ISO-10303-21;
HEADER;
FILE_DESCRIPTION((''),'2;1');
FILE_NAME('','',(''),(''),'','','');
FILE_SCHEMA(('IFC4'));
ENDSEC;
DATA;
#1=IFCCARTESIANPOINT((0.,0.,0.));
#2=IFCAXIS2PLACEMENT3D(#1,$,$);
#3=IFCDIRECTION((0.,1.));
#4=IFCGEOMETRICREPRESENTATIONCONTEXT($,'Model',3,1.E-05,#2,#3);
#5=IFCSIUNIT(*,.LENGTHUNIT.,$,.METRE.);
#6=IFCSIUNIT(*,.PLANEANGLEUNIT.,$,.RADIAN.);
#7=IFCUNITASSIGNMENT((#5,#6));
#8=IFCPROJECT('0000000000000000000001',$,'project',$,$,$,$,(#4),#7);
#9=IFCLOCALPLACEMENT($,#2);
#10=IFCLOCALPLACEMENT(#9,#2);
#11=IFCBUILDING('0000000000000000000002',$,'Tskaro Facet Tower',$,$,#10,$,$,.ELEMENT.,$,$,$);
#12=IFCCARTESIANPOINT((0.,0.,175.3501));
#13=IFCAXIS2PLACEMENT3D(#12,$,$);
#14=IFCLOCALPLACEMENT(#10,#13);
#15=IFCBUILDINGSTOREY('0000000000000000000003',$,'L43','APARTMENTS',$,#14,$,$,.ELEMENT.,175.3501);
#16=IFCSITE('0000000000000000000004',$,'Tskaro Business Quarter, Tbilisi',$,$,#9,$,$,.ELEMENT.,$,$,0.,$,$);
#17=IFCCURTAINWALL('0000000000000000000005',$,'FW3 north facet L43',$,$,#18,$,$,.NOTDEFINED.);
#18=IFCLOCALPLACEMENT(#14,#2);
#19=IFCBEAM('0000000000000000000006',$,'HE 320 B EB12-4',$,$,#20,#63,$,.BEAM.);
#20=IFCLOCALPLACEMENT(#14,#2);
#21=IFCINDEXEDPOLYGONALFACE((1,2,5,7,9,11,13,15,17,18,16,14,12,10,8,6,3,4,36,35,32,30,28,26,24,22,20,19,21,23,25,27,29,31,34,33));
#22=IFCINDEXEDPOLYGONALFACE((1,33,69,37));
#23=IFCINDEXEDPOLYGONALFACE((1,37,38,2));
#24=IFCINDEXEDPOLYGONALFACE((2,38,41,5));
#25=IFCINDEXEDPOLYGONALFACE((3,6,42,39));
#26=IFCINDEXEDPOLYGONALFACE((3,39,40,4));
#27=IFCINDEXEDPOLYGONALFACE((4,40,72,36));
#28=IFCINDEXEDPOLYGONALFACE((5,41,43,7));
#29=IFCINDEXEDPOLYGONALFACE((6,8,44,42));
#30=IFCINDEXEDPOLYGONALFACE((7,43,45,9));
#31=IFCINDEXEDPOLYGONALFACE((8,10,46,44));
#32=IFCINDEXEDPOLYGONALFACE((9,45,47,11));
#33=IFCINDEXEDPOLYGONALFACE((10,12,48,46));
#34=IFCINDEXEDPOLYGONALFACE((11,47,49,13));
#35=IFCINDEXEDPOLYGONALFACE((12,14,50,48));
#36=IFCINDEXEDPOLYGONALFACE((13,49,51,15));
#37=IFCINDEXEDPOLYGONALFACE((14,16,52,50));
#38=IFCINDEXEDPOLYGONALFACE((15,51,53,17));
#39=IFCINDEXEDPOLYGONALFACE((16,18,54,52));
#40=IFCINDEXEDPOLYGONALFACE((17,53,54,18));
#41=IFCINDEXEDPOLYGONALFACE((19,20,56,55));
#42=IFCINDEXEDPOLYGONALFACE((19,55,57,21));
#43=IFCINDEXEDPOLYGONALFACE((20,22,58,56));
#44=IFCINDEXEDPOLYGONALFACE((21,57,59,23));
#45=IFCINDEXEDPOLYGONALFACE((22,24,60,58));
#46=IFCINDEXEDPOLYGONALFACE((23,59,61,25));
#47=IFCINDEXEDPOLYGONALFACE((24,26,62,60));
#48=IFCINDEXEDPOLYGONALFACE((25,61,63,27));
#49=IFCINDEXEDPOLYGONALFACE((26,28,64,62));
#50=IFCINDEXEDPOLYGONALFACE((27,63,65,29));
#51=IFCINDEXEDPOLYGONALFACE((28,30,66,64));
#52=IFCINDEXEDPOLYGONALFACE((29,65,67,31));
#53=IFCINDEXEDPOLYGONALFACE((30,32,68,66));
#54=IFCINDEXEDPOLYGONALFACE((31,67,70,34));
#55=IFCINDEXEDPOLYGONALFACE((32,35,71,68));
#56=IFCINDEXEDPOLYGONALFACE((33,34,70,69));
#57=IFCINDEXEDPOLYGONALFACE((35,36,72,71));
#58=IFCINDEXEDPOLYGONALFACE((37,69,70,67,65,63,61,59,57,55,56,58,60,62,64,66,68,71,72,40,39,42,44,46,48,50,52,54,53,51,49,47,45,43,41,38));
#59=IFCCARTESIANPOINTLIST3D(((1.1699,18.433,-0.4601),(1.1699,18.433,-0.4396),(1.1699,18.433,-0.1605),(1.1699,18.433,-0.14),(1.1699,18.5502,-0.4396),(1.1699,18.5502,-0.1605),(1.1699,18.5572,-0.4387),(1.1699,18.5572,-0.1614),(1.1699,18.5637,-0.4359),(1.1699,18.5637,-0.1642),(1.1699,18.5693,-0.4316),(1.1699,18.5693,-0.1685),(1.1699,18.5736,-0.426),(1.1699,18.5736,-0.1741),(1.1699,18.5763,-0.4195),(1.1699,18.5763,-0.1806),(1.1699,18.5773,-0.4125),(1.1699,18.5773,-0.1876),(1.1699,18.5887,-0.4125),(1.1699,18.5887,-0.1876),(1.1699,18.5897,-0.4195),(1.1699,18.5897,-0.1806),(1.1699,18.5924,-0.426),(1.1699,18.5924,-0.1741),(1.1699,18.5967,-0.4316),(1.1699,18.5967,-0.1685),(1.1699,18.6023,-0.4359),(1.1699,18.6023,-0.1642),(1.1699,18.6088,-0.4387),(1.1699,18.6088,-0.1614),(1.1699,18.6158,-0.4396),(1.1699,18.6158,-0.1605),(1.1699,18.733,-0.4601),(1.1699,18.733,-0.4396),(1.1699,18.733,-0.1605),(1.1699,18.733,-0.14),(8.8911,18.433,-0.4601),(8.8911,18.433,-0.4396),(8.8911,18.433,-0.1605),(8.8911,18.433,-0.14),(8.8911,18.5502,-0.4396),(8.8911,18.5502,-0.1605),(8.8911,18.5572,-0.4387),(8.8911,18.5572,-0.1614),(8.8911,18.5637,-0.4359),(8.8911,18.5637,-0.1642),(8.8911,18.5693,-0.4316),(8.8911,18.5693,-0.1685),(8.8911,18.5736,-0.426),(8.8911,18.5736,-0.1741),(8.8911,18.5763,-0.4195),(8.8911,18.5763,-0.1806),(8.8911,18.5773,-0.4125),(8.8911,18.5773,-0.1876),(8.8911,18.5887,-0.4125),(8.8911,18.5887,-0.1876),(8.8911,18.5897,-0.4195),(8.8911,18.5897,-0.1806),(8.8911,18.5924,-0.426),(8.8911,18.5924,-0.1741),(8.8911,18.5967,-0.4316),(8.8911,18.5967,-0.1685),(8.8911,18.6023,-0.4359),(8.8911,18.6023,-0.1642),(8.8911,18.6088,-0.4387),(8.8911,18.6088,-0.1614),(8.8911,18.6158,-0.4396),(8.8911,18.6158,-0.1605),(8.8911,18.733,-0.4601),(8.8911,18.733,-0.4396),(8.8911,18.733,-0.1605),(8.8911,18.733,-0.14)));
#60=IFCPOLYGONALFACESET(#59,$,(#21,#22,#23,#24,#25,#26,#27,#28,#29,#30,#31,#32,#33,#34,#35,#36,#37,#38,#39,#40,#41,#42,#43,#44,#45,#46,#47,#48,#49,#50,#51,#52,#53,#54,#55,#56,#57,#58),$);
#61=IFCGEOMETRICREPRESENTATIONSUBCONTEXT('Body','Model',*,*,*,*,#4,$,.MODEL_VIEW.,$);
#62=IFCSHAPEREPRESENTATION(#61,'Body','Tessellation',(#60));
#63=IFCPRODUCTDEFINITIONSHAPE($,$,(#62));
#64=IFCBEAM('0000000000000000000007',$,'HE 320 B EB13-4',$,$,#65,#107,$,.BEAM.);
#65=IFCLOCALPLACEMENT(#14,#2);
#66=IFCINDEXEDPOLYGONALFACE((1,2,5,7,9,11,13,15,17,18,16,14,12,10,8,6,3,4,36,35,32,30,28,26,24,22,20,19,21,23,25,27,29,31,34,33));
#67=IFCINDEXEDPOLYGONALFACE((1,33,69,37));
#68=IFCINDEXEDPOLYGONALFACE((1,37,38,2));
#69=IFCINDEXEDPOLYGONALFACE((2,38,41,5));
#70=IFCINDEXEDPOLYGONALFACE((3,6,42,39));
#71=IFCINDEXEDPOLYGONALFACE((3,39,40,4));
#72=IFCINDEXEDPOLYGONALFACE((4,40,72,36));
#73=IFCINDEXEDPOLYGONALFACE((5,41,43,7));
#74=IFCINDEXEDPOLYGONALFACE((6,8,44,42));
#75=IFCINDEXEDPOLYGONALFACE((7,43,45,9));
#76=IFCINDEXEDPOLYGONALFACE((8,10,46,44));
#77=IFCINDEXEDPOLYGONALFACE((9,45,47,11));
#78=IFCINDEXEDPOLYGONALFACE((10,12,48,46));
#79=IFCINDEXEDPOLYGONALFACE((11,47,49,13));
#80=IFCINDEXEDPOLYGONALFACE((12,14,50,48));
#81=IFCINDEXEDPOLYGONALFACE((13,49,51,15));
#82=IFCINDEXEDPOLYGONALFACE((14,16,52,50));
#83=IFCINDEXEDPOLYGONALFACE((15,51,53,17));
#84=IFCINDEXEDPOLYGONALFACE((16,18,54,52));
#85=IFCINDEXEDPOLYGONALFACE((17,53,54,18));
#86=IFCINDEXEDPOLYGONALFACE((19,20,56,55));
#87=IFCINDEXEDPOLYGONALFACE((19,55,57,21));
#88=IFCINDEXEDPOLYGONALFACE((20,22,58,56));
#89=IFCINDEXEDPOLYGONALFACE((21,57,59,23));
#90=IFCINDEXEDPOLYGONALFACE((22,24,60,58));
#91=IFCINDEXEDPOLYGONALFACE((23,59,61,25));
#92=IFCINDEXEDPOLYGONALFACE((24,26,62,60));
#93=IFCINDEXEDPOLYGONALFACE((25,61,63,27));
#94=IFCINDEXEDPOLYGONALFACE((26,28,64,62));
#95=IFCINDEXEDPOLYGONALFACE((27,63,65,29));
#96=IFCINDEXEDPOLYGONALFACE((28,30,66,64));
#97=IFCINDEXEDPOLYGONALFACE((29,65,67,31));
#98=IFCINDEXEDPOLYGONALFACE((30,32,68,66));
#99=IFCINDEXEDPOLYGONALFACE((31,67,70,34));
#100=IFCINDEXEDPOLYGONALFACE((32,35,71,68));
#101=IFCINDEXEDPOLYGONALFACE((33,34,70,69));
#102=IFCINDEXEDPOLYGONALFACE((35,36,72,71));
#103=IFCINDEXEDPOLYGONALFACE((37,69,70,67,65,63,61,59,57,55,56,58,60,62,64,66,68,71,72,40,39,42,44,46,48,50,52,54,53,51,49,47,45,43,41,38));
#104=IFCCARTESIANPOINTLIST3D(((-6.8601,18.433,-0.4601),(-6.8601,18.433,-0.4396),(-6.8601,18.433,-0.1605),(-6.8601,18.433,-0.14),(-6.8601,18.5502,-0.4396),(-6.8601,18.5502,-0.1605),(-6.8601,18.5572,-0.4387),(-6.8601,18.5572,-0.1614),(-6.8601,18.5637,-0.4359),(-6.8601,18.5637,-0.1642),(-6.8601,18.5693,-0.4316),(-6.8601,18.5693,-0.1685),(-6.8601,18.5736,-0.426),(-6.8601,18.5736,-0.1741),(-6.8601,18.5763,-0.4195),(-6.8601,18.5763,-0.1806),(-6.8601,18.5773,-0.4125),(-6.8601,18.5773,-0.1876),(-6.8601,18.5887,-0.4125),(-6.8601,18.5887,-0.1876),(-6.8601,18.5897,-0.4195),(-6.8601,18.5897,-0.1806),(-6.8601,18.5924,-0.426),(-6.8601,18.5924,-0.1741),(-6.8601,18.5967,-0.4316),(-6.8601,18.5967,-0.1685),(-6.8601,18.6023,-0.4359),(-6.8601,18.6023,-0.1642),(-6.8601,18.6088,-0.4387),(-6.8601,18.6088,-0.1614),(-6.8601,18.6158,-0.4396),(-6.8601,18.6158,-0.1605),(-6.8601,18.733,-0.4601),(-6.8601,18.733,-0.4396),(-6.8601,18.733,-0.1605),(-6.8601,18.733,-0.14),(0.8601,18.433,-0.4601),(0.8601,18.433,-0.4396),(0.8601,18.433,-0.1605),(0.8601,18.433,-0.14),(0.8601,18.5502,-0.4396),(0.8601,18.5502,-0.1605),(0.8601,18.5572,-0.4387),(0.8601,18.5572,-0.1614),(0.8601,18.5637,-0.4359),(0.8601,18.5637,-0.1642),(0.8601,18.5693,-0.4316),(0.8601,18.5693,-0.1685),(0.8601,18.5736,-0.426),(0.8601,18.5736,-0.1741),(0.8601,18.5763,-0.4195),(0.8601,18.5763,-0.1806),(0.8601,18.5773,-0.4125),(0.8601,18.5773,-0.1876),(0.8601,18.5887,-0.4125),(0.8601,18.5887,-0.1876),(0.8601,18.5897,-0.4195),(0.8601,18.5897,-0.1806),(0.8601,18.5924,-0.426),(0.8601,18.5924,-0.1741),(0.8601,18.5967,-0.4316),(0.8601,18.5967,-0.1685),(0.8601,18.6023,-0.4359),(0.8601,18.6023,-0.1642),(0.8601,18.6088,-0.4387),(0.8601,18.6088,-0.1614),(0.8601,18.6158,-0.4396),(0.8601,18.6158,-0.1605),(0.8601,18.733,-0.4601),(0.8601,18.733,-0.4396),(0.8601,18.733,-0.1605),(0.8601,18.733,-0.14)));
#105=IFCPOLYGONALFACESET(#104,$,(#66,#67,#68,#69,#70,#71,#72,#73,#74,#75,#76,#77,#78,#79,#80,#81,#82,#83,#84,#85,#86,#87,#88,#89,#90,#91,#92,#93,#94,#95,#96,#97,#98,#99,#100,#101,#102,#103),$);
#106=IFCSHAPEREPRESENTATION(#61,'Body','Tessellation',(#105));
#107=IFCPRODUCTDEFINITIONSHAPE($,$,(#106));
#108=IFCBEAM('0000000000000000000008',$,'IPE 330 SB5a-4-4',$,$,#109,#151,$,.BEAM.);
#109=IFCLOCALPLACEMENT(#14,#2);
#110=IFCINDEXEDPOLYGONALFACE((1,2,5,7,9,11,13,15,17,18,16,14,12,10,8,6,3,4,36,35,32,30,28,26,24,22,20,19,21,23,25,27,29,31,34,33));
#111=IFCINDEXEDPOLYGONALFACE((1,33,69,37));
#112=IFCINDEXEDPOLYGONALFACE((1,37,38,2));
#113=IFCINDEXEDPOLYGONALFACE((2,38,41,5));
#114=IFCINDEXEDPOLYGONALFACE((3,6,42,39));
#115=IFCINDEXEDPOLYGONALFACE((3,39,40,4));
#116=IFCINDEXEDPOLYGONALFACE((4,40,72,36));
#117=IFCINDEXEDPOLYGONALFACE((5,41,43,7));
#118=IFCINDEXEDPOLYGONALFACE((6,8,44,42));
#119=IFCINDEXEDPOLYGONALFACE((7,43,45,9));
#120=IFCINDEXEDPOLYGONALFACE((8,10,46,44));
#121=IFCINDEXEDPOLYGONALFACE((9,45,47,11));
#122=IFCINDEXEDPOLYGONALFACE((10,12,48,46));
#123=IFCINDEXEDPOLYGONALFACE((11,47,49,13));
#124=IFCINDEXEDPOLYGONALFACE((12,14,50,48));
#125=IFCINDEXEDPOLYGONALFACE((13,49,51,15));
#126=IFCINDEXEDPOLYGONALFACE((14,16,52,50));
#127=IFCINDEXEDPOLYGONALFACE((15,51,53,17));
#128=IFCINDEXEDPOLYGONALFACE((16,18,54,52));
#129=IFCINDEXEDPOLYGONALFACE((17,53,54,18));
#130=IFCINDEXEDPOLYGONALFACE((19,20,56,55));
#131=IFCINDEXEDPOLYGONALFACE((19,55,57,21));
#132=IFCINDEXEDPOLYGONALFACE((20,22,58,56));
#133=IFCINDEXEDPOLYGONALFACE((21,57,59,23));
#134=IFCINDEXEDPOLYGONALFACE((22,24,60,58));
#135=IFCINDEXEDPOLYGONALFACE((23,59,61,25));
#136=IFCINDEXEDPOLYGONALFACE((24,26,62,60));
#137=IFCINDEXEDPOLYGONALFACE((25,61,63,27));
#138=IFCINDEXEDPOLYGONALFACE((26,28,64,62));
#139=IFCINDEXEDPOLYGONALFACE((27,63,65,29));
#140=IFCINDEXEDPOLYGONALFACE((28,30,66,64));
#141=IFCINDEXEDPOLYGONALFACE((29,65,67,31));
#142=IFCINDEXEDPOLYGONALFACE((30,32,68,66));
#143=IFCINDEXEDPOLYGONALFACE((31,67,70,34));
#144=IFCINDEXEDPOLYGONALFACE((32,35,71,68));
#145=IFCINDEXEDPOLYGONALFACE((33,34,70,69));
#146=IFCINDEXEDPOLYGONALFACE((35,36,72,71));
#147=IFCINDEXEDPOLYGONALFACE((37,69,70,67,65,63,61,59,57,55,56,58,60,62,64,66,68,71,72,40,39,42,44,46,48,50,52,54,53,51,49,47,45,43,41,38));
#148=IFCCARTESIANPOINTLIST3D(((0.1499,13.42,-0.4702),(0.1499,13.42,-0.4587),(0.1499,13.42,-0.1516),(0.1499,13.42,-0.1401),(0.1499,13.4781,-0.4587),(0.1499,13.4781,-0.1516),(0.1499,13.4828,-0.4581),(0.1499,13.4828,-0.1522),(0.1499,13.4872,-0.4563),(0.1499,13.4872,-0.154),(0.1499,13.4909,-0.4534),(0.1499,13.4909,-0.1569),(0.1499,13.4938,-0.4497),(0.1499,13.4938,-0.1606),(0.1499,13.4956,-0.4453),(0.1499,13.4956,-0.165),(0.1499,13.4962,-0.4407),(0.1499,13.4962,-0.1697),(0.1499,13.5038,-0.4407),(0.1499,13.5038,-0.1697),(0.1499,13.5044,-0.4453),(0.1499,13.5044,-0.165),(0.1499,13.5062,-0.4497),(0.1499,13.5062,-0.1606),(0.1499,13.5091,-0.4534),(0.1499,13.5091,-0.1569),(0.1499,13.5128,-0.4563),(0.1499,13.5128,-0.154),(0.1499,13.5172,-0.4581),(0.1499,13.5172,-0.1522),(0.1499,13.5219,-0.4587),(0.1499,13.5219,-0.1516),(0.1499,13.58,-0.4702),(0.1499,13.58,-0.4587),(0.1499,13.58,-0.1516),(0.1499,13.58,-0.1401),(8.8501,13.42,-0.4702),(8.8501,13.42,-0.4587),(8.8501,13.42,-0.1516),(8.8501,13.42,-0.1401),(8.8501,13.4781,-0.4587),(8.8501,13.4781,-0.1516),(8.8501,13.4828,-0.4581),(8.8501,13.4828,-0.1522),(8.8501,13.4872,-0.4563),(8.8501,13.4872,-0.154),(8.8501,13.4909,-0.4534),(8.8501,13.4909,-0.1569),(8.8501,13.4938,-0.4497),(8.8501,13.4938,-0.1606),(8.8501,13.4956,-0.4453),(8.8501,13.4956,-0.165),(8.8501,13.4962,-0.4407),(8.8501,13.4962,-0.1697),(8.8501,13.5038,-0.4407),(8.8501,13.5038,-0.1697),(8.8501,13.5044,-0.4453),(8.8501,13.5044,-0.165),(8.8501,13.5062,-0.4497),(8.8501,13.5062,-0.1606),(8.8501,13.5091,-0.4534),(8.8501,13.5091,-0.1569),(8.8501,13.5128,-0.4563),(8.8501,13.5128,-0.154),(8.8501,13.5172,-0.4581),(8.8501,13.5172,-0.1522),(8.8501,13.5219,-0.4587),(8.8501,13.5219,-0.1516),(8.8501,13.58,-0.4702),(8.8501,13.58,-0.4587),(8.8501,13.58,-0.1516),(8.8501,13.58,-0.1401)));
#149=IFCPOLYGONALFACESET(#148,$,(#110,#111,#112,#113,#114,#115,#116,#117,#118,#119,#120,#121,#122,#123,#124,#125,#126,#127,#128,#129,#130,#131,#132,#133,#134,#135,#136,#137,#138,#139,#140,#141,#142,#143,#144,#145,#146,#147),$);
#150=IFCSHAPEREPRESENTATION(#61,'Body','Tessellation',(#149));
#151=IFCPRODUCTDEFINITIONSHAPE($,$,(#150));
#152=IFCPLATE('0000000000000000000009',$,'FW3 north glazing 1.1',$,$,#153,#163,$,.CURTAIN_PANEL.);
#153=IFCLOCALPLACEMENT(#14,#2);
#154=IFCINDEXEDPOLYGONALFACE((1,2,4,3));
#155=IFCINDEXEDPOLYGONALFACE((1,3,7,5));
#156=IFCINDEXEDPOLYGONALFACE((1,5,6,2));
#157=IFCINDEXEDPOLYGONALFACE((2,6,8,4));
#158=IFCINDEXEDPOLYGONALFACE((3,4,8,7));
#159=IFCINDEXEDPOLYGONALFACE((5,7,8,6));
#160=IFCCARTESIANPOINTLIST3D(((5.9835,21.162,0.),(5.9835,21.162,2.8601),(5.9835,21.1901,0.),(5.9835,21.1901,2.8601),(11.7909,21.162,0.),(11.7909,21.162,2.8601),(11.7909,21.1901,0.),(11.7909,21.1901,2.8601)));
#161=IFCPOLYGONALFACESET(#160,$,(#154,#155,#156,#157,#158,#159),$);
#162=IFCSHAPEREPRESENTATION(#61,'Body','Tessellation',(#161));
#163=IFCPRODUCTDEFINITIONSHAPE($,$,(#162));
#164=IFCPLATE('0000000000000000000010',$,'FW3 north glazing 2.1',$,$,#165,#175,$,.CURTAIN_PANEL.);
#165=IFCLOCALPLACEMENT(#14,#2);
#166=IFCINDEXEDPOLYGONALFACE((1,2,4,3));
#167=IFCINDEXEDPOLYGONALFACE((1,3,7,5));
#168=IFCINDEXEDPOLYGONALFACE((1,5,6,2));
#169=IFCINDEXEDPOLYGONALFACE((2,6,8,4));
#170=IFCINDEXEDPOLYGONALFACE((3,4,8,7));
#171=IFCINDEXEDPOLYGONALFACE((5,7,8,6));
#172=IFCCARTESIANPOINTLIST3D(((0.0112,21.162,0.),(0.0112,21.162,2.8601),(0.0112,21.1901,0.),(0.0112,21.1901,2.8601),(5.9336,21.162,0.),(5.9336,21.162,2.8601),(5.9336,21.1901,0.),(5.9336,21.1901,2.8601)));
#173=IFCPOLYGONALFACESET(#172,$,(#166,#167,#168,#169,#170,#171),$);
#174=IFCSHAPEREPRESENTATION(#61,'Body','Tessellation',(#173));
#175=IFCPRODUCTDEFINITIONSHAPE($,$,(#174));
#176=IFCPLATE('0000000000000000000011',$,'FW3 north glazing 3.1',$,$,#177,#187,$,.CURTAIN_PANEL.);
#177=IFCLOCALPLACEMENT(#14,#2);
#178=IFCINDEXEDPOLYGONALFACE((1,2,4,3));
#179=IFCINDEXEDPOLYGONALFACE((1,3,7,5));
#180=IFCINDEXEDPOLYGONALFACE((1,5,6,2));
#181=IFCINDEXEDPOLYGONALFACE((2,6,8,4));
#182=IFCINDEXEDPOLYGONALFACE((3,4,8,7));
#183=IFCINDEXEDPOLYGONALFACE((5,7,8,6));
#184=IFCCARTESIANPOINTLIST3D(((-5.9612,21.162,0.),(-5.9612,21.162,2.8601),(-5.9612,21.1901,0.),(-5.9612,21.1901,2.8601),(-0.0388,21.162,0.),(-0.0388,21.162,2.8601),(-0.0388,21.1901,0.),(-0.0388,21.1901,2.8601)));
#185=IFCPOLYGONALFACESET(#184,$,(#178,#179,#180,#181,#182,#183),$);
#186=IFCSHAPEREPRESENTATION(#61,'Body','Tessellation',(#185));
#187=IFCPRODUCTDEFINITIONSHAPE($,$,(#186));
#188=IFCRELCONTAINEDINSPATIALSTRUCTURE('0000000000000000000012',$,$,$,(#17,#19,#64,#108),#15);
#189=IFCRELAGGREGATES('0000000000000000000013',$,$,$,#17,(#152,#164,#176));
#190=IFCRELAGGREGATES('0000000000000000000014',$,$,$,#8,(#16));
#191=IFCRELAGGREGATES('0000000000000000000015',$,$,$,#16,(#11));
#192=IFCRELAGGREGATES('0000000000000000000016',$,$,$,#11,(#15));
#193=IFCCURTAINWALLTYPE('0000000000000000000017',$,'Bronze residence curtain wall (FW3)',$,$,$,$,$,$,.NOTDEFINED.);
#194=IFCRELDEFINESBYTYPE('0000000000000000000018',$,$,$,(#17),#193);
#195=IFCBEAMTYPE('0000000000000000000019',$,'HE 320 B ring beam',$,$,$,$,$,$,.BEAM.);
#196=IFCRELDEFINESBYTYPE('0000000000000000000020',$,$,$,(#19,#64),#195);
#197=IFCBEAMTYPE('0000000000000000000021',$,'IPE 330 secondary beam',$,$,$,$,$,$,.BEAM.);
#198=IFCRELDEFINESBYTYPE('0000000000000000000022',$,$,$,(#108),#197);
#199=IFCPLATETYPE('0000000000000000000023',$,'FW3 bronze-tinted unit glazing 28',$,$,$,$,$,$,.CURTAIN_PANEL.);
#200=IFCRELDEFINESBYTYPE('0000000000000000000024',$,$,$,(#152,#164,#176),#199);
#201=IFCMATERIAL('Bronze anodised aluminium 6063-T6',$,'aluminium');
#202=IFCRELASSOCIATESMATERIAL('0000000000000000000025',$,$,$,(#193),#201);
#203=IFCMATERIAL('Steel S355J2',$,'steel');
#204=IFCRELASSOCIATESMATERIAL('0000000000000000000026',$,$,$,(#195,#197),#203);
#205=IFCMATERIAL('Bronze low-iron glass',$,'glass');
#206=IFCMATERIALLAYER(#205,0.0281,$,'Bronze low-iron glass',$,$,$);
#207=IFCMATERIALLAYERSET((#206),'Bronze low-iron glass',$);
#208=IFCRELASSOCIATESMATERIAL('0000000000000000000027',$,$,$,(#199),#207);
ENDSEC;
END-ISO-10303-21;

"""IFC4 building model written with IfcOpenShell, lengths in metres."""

from ifc_helpers import new_model, si_unit, direction, frame, origin, origin_2d, place, context, subcontext, project, spatial, rectangle, i_section, extrude, material, layer, layer_set, material_profile, profile_set, type_object, element, aggregate, save


model = new_model("IFC4")

# Units and contexts
model_context = context("Model", 3, precision=1e-05, world=origin(), true_north=direction((0.0, 1.0)))
body_context = subcontext(model_context, "Body", "Model", "MODEL_VIEW")
ifc_project = project(units=[si_unit("LENGTHUNIT", "METRE"), si_unit("PLANEANGLEUNIT", "RADIAN")], contexts=[model_context])

# Site, building, storey
site_placement = place(None, origin())
site = spatial("IfcSite", under=ifc_project, at=site_placement, Name="Tskaro Business Quarter, Tbilisi", CompositionType="ELEMENT", RefElevation=0.0)
building_placement = place(site_placement, origin())
building = spatial("IfcBuilding", under=site, at=building_placement, Name="Tskaro Facet Tower", CompositionType="ELEMENT")
storey_placement = place(building_placement, frame((0.0, 0.0, 175.3501)))
storey = spatial("IfcBuildingStorey", under=building, at=storey_placement, Name="L43", Description="APARTMENTS", CompositionType="ELEMENT", Elevation=175.3501)

# Curtain wall
ifc_material_1 = material(Name="Bronze anodised aluminium 6063-T6", Category="aluminium")
curtain_wall_type = type_object("IfcCurtainWallType", Name="Bronze residence curtain wall (FW3)", PredefinedType="NOTDEFINED", material=ifc_material_1)
curtain_wall_placement = place(storey_placement, origin())
curtain_wall = element("IfcCurtainWall", 1, at=curtain_wall_placement, inside=storey, type_object=curtain_wall_type, Name="FW3 north facet L43", PredefinedType="NOTDEFINED")

# Beams
ifc_material_2 = material(Name="Steel S355J2", Category="steel")
ifc_material_profile_1 = material_profile(ifc_material_2, i_section(OverallWidth=0.3, OverallDepth=0.3201, WebThickness=0.0115, FlangeThickness=0.0205, FilletRadius=0.0271, at=origin_2d()), Name="HE 320 B")
ifc_profile_set_1 = profile_set([ifc_material_profile_1], Name="Steel S355J2")
beam_type_1 = type_object("IfcBeamType", Name="HE 320 B ring beam", PredefinedType="BEAM", material=ifc_profile_set_1)
beam_1_placement = place(storey_placement, frame((8.8911, 18.583, -0.3), z_axis=(-1.0, 0.0, 0.0), x_axis=(0.0, -1.0, 0.0)))
element("IfcBeam", 2, at=beam_1_placement, inside=storey, type_object=beam_type_1, Name="HE 320 B EB12-4", PredefinedType="BEAM", context=body_context, shape_type="SweptSolid", body=[
    extrude(i_section(OverallWidth=0.3, OverallDepth=0.3201, WebThickness=0.0115, FlangeThickness=0.0205, FilletRadius=0.0271, at=origin_2d()), origin(), (0.0, 0.0, 1.0), 7.7212),
])
beam_2_placement = place(storey_placement, frame((0.8601, 18.583, -0.3), z_axis=(-1.0, 0.0, 0.0), x_axis=(0.0, -1.0, 0.0)))
element("IfcBeam", 3, at=beam_2_placement, inside=storey, type_object=beam_type_1, Name="HE 320 B EB13-4", PredefinedType="BEAM", context=body_context, shape_type="SweptSolid", body=[
    extrude(i_section(OverallWidth=0.3, OverallDepth=0.3201, WebThickness=0.0115, FlangeThickness=0.0205, FilletRadius=0.0271, at=origin_2d()), origin(), (0.0, 0.0, 1.0), 7.7202),
])
ifc_material_profile_2 = material_profile(ifc_material_2, i_section(OverallWidth=0.1599, OverallDepth=0.3301, WebThickness=0.0076, FlangeThickness=0.0115, FilletRadius=0.0181, at=origin_2d()), Name="IPE 330")
ifc_profile_set_2 = profile_set([ifc_material_profile_2], Name="Steel S355J2")
beam_type_2 = type_object("IfcBeamType", Name="IPE 330 secondary beam", PredefinedType="BEAM", material=ifc_profile_set_2)
beam_3_placement = place(storey_placement, frame((0.1499, 13.5, -0.3052), z_axis=(1.0, 0.0, 0.0), x_axis=(0.0, 1.0, 0.0)))
element("IfcBeam", 4, at=beam_3_placement, inside=storey, type_object=beam_type_2, Name="IPE 330 SB5a-4-4", PredefinedType="BEAM", context=body_context, shape_type="SweptSolid", body=[
    extrude(i_section(OverallWidth=0.1599, OverallDepth=0.3301, WebThickness=0.0076, FlangeThickness=0.0115, FilletRadius=0.0181, at=origin_2d()), origin(), (0.0, 0.0, 1.0), 8.7002),
])

# Plates
ifc_material_3 = material(Name="Bronze low-iron glass", Category="glass")
ifc_layer_1 = layer(ifc_material_3, 0.0281, Name="Bronze low-iron glass")
ifc_layer_set_1 = layer_set([ifc_layer_1], Name="Bronze low-iron glass")
plate_type = type_object("IfcPlateType", Name="FW3 bronze-tinted unit glazing 28", PredefinedType="CURTAIN_PANEL", material=ifc_layer_set_1)
plate_1_placement = place(storey_placement, frame((8.8872, 21.176, 0.0), z_axis=(0.0, 0.0, 1.0), x_axis=(-1.0, 0.0, 0.0)))
plate_1 = element("IfcPlate", 5, at=plate_1_placement, type_object=plate_type, Name="FW3 north glazing 1.1", PredefinedType="CURTAIN_PANEL", context=body_context, shape_type="SweptSolid", body=[
    extrude(rectangle(XDim=5.8074, YDim=0.0281, at=origin_2d()), origin(), (0.0, 0.0, 1.0), 2.8601),
])
plate_2_placement = place(storey_placement, frame((2.9724, 21.176, 0.0), z_axis=(0.0, 0.0, 1.0), x_axis=(-1.0, 0.0, 0.0)))
plate_2 = element("IfcPlate", 6, at=plate_2_placement, type_object=plate_type, Name="FW3 north glazing 2.1", PredefinedType="CURTAIN_PANEL", context=body_context, shape_type="SweptSolid", body=[
    extrude(rectangle(XDim=5.9224, YDim=0.0281, at=origin_2d()), origin(), (0.0, 0.0, 1.0), 2.8601),
])
plate_3_placement = place(storey_placement, frame((-3.0, 21.176, 0.0), z_axis=(0.0, 0.0, 1.0), x_axis=(-1.0, 0.0, 0.0)))
plate_3 = element("IfcPlate", 7, at=plate_3_placement, type_object=plate_type, Name="FW3 north glazing 3.1", PredefinedType="CURTAIN_PANEL", context=body_context, shape_type="SweptSolid", body=[
    extrude(rectangle(XDim=5.9224, YDim=0.0281, at=origin_2d()), origin(), (0.0, 0.0, 1.0), 2.8601),
])
aggregate(curtain_wall, [plate_1, plate_2, plate_3])

save(model, "model.ifc")
